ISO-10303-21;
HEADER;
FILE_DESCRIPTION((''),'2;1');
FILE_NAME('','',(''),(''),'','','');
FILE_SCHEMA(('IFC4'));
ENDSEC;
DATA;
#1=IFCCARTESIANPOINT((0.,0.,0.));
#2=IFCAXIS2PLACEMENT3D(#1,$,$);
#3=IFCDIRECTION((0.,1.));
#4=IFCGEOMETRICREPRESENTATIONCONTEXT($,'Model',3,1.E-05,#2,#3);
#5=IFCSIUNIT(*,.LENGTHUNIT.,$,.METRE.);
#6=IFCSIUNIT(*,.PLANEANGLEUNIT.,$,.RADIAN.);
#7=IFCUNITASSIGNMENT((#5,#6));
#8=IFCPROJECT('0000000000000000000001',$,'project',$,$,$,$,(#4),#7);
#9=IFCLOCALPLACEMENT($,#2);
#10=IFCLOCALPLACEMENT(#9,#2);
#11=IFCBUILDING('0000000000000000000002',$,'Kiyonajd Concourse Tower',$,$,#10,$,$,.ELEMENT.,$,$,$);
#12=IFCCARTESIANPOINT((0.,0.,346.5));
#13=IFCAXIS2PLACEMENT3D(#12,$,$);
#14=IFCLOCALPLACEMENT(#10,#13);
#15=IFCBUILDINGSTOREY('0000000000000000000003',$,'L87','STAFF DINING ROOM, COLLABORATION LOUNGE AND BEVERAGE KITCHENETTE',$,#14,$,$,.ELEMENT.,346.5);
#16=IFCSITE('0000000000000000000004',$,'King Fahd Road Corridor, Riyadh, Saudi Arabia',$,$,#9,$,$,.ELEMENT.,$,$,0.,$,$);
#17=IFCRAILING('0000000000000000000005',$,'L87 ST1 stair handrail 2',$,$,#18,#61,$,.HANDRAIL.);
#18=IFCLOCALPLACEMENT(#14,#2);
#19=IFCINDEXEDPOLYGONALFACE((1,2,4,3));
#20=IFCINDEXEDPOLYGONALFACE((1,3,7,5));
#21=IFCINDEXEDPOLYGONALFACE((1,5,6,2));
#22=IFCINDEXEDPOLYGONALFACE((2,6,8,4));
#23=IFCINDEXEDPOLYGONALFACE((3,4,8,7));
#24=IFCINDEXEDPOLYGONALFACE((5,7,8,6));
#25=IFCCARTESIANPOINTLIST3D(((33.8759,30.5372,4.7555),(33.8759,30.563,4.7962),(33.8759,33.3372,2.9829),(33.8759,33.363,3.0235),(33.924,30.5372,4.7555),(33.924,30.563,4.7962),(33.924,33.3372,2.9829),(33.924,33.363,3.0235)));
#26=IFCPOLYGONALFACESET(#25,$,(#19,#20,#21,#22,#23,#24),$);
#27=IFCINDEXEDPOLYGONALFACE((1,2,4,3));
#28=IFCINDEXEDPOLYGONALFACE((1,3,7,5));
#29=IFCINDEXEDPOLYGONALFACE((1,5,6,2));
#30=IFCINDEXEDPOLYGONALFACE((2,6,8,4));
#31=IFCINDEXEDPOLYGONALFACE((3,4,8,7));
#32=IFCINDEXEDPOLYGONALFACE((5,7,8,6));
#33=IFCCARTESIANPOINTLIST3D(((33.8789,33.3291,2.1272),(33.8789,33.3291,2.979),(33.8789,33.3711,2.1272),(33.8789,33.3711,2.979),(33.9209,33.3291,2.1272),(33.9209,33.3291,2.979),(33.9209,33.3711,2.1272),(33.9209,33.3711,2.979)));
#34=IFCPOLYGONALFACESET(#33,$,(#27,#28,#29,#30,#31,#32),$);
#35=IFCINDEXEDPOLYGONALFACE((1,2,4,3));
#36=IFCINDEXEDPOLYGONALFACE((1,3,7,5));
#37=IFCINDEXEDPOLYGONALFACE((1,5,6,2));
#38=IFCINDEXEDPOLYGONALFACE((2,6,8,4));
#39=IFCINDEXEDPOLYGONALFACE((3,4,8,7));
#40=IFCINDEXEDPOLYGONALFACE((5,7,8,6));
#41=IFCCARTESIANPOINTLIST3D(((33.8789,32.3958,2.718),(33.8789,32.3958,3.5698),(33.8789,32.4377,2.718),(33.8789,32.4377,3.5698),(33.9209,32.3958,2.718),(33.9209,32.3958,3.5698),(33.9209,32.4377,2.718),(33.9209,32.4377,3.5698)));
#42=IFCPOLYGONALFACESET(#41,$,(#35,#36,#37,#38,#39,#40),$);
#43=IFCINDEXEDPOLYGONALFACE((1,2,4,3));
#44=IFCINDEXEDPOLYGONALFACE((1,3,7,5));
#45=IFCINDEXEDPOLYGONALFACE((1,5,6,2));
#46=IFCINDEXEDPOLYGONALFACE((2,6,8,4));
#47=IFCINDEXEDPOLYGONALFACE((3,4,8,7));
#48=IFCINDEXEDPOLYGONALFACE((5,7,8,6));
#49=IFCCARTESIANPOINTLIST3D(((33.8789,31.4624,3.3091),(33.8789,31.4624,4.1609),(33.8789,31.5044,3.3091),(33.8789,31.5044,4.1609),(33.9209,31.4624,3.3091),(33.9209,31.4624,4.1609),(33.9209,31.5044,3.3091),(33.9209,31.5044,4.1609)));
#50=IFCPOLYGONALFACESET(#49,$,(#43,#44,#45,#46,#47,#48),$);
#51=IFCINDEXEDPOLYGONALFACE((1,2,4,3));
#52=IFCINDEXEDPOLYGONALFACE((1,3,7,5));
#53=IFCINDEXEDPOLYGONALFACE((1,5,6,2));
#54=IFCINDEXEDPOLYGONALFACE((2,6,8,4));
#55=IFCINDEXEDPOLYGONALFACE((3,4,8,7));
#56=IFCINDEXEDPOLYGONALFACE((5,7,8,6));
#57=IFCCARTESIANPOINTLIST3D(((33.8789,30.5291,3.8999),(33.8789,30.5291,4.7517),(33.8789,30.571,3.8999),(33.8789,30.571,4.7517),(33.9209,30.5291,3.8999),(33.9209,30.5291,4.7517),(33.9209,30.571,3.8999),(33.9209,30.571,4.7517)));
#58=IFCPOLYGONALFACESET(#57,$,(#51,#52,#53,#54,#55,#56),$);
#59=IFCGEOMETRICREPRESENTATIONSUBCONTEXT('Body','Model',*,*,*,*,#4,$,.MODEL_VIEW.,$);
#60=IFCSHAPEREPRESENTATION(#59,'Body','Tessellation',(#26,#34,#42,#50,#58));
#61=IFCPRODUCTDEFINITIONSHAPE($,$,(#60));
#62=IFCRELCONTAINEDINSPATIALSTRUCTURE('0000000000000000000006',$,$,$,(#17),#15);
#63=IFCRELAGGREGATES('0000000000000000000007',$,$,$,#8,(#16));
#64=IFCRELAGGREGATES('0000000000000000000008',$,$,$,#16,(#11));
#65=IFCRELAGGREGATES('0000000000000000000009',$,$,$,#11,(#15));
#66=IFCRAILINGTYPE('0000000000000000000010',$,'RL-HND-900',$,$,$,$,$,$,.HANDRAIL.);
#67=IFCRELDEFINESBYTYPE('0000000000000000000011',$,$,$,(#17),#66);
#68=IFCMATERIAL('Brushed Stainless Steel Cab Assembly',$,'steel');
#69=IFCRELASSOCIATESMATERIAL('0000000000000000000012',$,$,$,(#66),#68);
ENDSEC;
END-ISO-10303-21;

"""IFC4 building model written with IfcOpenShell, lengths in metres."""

from ifc_helpers import new_model, si_unit, direction, frame, origin, origin_2d, place, context, subcontext, project, spatial, rectangle, extrude, material, type_object, element, save


model = new_model("IFC4")

# Units and contexts
model_context = context("Model", 3, precision=1e-05, world=origin(), true_north=direction((0.0, 1.0)))
body_context = subcontext(model_context, "Body", "Model", "MODEL_VIEW")
ifc_project = project(units=[si_unit("LENGTHUNIT", "METRE"), si_unit("PLANEANGLEUNIT", "RADIAN")], contexts=[model_context])

# Site, building, storey
site_placement = place(None, origin())
site = spatial("IfcSite", under=ifc_project, at=site_placement, Name="King Fahd Road Corridor, Riyadh, Saudi Arabia", CompositionType="ELEMENT", RefElevation=0.0)
building_placement = place(site_placement, origin())
building = spatial("IfcBuilding", under=site, at=building_placement, Name="Kiyonajd Concourse Tower", CompositionType="ELEMENT")
storey_placement = place(building_placement, frame((0.0, 0.0, 346.5)))
storey = spatial("IfcBuildingStorey", under=building, at=storey_placement, Name="L87", Description="STAFF DINING ROOM, COLLABORATION LOUNGE AND BEVERAGE KITCHENETTE", CompositionType="ELEMENT", Elevation=346.5)

# Shared definitions
ifc_material_1 = material(Name="Brushed Stainless Steel Cab Assembly", Category="steel")

# Railing
railing_type_1 = type_object("IfcRailingType", Name="RL-HND-900", PredefinedType="HANDRAIL", material=ifc_material_1)
railing_1_placement = place(storey_placement, frame((33.8999, 33.3501, 2.1272)))
element("IfcRailing", 1, at=railing_1_placement, inside=storey, type_object=railing_type_1, Name="L87 ST1 stair handrail 2", PredefinedType="HANDRAIL", context=body_context, shape_type="SweptSolid", body=[
    extrude(rectangle(XDim=0.0481, YDim=0.0481, at=origin_2d()), frame((0.0, 0.0, 0.876), z_axis=(0.0, -0.844909, 0.53491), x_axis=(1.0, 0.0, 0.0)), (0.0, 0.0, 1.0), 3.314),
    extrude(rectangle(XDim=0.042, YDim=0.042, at=origin_2d()), origin(), (0.0, 0.0, 1.0), 0.8518),
    extrude(rectangle(XDim=0.042, YDim=0.042, at=origin_2d()), frame((0.0, -0.9333, 0.5908)), (0.0, 0.0, 1.0), 0.8518),
    extrude(rectangle(XDim=0.042, YDim=0.042, at=origin_2d()), frame((0.0, -1.8667, 1.1819)), (0.0, 0.0, 1.0), 0.8518),
    extrude(rectangle(XDim=0.042, YDim=0.042, at=origin_2d()), frame((0.0, -2.8, 1.7727)), (0.0, 0.0, 1.0), 0.8518),
])

save(model, "model.ifc")
